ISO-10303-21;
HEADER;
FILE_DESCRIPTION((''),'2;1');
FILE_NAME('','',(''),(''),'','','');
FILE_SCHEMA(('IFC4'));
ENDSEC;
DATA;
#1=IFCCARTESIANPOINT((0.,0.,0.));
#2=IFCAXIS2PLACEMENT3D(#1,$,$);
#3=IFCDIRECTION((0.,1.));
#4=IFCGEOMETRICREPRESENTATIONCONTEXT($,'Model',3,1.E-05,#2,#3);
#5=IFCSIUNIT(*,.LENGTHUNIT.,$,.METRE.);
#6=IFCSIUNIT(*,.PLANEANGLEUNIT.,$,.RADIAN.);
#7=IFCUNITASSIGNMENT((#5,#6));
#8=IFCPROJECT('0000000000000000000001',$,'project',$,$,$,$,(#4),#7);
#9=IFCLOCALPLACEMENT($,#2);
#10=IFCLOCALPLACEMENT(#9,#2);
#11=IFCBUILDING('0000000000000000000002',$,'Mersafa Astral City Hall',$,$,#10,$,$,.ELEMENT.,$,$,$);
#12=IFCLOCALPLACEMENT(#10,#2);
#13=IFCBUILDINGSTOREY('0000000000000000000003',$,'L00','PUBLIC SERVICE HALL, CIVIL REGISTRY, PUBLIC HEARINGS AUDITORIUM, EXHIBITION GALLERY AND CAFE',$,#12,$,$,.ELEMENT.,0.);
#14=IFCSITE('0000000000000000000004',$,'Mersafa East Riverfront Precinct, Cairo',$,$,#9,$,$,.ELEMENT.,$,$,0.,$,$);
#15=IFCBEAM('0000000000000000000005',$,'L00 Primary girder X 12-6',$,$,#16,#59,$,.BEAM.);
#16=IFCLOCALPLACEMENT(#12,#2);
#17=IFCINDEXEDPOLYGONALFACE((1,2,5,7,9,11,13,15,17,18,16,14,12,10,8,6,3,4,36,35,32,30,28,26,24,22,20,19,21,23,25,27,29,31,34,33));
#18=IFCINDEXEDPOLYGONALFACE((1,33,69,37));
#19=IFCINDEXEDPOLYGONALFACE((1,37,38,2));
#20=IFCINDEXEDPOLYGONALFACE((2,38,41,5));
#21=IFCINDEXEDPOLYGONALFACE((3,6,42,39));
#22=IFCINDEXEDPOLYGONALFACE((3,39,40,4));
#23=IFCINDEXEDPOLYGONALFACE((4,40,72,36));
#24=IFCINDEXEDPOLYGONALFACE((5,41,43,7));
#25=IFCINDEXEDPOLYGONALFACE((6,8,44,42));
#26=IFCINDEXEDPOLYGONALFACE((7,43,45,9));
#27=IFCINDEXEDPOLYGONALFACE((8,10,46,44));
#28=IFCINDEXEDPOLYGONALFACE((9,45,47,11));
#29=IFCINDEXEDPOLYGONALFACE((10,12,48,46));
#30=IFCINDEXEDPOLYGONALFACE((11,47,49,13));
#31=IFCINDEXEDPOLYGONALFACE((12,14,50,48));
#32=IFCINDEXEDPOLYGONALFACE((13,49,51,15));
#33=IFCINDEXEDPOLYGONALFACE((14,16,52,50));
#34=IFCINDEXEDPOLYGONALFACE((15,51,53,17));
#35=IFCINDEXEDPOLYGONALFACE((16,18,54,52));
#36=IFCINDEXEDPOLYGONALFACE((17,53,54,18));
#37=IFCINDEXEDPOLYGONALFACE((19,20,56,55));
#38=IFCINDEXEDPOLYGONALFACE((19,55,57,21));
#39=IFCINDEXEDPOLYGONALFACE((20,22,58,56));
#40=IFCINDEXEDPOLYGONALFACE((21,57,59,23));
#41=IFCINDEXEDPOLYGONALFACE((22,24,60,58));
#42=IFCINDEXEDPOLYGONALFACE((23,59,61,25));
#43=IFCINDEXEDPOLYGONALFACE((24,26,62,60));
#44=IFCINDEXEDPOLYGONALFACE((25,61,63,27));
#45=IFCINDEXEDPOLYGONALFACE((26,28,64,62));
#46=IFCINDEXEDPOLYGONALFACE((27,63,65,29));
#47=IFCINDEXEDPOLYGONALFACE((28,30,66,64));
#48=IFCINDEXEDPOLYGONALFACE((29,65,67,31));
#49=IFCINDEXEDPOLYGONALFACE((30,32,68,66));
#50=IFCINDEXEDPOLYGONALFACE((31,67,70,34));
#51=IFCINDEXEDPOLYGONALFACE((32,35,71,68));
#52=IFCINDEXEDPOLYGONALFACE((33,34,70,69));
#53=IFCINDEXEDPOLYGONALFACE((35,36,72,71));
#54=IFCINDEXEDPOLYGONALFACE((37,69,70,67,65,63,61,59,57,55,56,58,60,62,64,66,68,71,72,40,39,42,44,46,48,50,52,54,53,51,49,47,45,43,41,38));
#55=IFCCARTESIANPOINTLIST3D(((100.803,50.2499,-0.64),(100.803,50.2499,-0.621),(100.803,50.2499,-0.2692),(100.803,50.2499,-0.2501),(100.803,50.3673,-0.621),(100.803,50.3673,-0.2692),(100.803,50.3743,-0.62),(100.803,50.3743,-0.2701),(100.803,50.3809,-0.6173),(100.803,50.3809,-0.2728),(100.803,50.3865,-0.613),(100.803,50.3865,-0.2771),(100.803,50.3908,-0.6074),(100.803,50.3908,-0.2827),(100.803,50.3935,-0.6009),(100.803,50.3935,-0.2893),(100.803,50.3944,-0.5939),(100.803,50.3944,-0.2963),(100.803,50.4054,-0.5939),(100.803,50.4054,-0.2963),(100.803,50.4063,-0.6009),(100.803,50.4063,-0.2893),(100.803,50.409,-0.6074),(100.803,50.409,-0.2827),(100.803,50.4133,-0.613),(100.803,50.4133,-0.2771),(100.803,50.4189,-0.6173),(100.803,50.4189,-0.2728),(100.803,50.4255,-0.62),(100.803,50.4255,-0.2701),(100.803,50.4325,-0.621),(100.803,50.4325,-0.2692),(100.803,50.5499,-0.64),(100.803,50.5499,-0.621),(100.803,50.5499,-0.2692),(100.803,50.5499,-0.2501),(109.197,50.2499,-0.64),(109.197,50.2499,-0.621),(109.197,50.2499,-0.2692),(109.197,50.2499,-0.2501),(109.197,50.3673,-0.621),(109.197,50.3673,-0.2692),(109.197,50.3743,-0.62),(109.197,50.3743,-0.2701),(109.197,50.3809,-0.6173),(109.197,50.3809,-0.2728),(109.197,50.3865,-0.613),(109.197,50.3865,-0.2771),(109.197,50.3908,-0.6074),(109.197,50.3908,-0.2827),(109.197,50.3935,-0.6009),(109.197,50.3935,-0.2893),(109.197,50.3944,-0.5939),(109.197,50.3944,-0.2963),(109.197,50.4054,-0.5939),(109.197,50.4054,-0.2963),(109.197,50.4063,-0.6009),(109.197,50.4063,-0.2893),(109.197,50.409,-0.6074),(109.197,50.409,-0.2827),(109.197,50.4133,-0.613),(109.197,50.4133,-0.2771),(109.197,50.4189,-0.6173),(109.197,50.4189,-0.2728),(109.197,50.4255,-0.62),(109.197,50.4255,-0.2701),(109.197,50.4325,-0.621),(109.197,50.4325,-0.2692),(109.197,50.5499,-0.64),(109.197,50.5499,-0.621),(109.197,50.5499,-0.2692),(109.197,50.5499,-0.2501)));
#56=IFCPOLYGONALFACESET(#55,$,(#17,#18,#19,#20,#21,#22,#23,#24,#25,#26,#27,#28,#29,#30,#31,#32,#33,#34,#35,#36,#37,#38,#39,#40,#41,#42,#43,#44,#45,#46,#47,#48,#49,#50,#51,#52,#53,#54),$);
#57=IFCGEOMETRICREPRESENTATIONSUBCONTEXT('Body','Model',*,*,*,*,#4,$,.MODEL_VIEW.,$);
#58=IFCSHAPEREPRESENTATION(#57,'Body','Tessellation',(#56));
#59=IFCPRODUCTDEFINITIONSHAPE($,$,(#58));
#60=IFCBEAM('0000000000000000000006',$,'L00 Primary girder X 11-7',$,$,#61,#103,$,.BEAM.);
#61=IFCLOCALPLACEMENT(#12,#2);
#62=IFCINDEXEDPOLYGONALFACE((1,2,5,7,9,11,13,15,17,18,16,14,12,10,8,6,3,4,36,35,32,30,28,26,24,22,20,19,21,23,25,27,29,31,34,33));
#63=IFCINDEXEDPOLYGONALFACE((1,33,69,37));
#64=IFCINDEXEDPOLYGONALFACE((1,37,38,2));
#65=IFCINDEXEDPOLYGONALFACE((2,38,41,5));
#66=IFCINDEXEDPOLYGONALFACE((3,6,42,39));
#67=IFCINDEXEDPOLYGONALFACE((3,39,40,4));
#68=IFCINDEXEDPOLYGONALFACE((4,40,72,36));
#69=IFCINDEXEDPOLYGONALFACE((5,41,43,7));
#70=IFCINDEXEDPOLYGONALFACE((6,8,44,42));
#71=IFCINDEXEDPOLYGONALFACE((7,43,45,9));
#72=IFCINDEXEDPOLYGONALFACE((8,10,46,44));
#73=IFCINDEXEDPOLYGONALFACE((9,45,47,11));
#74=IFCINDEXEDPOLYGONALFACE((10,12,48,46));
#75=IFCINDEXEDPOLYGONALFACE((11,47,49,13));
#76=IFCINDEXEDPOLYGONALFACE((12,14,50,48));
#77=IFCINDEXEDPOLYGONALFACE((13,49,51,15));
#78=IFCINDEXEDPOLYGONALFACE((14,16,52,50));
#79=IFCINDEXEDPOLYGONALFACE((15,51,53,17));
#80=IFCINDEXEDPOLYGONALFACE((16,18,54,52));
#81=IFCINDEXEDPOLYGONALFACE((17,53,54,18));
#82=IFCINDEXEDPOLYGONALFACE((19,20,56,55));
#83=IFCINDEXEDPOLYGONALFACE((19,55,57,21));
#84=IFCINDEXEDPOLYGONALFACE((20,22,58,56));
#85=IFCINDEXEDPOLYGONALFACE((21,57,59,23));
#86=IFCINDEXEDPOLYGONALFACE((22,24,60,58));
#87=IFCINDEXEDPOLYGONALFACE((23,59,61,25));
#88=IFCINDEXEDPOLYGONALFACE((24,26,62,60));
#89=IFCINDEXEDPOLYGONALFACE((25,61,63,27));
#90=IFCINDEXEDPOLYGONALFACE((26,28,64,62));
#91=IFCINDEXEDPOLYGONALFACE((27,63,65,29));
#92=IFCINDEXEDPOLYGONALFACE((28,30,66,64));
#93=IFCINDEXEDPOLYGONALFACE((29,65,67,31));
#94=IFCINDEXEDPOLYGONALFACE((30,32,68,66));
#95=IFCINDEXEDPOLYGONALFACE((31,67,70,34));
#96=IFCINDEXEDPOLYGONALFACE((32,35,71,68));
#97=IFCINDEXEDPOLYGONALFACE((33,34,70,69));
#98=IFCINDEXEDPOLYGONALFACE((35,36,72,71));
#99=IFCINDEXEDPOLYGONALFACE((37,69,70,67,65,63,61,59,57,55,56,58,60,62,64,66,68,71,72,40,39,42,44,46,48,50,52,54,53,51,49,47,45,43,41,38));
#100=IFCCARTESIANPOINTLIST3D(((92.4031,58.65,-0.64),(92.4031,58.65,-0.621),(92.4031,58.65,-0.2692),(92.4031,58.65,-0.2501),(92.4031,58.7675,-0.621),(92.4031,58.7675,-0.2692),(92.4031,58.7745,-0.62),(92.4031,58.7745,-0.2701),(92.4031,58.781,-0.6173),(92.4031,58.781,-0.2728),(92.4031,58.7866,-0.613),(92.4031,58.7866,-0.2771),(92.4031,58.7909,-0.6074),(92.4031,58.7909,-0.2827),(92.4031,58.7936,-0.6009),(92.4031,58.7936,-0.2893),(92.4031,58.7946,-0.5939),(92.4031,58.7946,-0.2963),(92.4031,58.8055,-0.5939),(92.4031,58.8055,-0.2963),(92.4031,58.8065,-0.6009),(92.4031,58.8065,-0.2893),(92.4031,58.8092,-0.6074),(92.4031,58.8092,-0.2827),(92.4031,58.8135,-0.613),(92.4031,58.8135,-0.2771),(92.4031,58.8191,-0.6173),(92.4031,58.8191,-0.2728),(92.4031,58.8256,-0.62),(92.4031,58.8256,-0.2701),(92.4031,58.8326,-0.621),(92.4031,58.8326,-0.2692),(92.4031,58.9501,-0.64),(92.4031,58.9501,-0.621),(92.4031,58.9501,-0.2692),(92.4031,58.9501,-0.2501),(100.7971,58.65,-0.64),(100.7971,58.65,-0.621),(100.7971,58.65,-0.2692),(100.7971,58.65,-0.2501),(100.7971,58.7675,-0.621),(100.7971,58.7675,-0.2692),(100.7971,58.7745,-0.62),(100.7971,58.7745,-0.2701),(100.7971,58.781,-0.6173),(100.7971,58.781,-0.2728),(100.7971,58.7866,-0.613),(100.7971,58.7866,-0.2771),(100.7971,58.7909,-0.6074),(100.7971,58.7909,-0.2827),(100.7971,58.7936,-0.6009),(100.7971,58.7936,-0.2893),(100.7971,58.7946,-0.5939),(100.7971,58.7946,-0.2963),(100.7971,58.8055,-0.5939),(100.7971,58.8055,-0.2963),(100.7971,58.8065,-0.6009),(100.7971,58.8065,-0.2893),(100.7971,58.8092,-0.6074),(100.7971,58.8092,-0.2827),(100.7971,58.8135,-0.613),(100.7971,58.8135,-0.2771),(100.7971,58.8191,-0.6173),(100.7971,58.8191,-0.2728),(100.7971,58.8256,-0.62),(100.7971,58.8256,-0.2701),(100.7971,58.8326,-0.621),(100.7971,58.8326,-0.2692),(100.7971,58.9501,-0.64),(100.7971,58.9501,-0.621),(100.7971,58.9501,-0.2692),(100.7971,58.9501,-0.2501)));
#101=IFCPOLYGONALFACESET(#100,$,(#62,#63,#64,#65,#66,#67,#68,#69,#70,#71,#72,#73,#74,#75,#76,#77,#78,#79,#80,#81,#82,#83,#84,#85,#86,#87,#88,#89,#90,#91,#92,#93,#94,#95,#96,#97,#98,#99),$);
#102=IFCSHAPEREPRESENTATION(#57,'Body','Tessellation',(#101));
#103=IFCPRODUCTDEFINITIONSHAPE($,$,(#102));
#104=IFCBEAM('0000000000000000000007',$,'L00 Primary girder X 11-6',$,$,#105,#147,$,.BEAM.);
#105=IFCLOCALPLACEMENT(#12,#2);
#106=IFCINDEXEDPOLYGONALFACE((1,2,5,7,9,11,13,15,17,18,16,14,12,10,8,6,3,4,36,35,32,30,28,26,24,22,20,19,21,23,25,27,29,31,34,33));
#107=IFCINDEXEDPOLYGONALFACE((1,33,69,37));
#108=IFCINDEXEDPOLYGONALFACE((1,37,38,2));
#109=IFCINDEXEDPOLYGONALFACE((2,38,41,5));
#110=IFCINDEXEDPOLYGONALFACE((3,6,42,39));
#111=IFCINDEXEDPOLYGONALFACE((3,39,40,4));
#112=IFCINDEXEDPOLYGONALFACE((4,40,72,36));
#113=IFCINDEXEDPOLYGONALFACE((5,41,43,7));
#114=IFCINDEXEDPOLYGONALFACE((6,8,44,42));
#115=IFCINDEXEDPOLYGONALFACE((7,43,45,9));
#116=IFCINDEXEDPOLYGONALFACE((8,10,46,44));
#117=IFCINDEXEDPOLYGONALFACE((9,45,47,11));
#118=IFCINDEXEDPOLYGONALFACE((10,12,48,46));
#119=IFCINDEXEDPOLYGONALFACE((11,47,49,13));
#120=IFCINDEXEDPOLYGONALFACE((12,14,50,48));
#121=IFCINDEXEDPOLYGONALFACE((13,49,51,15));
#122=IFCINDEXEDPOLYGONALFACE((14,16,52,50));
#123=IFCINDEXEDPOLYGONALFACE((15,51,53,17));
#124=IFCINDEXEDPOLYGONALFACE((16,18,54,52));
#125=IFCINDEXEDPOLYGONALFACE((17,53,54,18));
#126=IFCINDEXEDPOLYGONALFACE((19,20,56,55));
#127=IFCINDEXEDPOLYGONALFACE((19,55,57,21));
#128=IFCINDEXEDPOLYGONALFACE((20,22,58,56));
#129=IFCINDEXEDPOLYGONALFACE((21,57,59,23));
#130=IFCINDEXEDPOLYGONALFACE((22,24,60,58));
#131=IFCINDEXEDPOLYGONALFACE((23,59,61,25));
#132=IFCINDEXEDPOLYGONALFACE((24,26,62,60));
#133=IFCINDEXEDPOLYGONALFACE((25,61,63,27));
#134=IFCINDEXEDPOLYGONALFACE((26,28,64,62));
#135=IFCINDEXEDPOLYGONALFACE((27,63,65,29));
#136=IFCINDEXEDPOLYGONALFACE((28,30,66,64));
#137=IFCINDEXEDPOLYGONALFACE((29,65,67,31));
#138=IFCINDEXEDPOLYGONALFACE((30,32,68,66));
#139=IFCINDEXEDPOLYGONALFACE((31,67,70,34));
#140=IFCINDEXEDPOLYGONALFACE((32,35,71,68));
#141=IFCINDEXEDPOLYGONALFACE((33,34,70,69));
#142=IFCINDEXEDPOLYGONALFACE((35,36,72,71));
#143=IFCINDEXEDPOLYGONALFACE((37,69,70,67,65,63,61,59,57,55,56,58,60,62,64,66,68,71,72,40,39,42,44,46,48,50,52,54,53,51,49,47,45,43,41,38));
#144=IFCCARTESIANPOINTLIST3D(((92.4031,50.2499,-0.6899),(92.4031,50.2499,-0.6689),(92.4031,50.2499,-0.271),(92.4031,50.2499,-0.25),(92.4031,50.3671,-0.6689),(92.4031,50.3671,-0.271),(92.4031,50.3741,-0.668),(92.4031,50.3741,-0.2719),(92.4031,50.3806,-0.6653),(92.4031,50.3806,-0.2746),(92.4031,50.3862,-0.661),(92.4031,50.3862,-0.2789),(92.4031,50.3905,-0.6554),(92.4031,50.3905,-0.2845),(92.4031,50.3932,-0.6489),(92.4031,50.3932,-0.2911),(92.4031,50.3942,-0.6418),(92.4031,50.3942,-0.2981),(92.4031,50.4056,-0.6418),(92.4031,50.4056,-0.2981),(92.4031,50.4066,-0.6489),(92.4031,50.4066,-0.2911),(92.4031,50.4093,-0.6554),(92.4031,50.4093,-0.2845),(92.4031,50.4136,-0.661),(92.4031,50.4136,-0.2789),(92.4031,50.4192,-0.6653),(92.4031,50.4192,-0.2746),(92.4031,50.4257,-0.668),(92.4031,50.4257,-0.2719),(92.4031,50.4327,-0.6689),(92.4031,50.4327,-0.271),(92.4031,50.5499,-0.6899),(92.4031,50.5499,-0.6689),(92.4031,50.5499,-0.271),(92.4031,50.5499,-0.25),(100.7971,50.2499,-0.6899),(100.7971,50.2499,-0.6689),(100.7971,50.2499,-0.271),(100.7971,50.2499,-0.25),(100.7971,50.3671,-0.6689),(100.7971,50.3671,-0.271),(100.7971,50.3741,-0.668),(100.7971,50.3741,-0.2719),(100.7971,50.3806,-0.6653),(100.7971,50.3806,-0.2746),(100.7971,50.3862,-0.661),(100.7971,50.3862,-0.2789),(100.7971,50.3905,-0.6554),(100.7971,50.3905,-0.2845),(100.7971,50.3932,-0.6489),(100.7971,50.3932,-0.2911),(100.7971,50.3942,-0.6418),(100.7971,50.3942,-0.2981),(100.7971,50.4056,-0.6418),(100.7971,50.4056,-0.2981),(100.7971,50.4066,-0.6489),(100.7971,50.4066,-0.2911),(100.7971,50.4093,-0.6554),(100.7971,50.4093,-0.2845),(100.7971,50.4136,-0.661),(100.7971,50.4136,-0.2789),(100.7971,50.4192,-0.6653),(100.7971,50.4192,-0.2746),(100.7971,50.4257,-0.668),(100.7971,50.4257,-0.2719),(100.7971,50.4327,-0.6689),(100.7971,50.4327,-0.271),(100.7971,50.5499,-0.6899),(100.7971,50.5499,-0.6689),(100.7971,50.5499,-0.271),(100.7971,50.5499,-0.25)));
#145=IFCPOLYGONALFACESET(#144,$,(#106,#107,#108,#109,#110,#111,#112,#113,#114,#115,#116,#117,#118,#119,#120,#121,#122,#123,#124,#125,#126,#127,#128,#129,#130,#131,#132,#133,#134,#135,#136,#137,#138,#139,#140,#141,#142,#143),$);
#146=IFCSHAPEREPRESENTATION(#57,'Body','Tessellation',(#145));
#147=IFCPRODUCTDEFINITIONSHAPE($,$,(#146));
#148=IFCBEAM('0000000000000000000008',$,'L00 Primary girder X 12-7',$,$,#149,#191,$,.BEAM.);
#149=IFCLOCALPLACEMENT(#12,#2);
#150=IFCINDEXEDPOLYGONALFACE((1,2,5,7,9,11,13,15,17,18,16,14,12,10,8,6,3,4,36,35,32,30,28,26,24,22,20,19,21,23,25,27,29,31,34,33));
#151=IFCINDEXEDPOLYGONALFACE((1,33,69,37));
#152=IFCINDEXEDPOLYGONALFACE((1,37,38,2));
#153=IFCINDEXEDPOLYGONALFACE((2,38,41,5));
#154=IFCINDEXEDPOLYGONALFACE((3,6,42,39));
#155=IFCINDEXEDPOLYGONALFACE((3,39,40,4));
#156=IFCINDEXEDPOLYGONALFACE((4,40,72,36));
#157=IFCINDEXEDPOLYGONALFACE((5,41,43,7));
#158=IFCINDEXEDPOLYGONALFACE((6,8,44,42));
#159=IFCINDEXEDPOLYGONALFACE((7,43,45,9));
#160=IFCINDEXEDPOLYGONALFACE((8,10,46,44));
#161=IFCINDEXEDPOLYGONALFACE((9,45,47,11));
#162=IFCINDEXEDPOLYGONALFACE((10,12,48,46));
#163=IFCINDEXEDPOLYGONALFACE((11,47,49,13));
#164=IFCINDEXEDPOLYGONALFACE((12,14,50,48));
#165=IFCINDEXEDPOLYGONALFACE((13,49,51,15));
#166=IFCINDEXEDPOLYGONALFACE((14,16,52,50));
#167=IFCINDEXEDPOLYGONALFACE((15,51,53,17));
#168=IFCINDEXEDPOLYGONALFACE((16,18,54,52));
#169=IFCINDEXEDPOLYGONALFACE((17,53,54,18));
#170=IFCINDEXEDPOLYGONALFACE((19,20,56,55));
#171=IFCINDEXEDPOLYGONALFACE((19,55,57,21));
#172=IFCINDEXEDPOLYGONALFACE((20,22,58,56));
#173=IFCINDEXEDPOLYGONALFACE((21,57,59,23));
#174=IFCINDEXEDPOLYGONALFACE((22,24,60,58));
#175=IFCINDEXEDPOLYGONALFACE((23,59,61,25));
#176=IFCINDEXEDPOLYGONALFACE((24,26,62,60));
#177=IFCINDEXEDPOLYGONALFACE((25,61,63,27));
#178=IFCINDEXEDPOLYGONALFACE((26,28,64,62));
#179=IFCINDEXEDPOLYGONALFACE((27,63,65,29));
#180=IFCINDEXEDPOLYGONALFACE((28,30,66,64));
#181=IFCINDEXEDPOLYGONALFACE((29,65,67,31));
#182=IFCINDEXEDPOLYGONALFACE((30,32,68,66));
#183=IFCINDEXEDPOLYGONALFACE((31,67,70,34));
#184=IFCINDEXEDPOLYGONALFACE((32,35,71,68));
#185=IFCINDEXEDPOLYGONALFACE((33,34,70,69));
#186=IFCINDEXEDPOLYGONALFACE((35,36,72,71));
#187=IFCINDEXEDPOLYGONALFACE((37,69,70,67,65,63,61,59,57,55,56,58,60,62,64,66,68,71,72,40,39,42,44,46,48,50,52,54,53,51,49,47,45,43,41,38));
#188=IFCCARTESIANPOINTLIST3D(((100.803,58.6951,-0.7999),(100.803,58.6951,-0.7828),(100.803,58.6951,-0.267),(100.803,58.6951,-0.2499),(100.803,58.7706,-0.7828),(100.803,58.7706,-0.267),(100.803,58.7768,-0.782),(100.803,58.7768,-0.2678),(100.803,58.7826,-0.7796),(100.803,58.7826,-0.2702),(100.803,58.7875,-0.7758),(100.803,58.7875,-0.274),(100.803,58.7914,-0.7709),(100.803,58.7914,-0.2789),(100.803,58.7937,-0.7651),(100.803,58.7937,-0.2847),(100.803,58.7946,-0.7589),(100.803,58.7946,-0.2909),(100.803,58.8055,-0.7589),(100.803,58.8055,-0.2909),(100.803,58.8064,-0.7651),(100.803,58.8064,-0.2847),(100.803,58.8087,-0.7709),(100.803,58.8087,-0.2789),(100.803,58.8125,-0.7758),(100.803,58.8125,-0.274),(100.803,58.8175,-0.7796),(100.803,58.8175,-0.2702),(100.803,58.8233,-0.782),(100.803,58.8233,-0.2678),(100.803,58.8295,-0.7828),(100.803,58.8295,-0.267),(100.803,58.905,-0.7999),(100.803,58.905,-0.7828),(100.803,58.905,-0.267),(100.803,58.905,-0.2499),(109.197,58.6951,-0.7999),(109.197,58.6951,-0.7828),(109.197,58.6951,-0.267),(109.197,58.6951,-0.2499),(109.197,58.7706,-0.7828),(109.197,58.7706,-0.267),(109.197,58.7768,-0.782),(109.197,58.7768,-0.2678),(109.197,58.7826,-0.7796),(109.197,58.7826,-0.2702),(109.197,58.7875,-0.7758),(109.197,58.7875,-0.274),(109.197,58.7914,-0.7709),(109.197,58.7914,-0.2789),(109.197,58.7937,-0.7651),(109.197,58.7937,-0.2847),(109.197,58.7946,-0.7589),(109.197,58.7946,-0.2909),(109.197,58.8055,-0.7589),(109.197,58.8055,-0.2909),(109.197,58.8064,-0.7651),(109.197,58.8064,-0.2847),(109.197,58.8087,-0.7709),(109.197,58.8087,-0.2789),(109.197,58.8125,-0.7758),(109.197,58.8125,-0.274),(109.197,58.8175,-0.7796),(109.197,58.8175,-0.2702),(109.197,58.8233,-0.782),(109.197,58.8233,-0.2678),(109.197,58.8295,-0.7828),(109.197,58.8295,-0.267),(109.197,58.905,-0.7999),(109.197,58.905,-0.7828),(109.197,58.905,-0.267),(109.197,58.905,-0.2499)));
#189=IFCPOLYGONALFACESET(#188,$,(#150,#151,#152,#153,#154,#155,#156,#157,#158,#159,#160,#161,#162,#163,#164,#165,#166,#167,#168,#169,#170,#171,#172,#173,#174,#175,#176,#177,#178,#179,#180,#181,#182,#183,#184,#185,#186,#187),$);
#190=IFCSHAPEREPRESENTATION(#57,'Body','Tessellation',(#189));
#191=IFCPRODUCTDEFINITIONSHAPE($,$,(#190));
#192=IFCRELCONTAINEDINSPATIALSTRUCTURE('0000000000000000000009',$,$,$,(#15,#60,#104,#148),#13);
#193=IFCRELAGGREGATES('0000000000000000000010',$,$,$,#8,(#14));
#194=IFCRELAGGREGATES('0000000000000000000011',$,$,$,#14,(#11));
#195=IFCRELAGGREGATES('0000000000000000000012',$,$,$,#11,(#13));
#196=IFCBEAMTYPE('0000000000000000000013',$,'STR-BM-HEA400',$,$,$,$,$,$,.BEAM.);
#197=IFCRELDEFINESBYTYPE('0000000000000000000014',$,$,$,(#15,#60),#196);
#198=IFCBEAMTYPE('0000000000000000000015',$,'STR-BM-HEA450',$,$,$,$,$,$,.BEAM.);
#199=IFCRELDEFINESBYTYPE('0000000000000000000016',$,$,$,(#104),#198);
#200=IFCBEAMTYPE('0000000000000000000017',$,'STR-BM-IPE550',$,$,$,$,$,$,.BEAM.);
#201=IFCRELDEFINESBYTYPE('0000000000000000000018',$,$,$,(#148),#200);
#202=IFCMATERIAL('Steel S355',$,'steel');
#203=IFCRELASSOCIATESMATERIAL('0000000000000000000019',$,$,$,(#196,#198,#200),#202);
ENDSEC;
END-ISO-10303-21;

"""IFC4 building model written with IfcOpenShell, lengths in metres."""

from ifc_helpers import new_model, si_unit, direction, frame, origin, origin_2d, place, context, subcontext, project, spatial, i_section, extrude, material, material_profile, profile_set, type_object, element, save


model = new_model("IFC4")

# Units and contexts
model_context = context("Model", 3, precision=1e-05, world=origin(), true_north=direction((0.0, 1.0)))
body_context = subcontext(model_context, "Body", "Model", "MODEL_VIEW")
ifc_project = project(units=[si_unit("LENGTHUNIT", "METRE"), si_unit("PLANEANGLEUNIT", "RADIAN")], contexts=[model_context])

# Site, building, storey
site_placement = place(None, origin())
site = spatial("IfcSite", under=ifc_project, at=site_placement, Name="Mersafa East Riverfront Precinct, Cairo", CompositionType="ELEMENT", RefElevation=0.0)
building_placement = place(site_placement, origin())
building = spatial("IfcBuilding", under=site, at=building_placement, Name="Mersafa Astral City Hall", CompositionType="ELEMENT")
storey_placement = place(building_placement, origin())
storey = spatial("IfcBuildingStorey", under=building, at=storey_placement, Name="L00", Description="PUBLIC SERVICE HALL, CIVIL REGISTRY, PUBLIC HEARINGS AUDITORIUM, EXHIBITION GALLERY AND CAFE", CompositionType="ELEMENT", Elevation=0.0)

# Shared definitions
ifc_material_1 = material(Name="Steel S355", Category="steel")

# Beams
ifc_material_profile_1 = material_profile(ifc_material_1, i_section(OverallWidth=0.3, OverallDepth=0.3899, WebThickness=0.011, FlangeThickness=0.019, FilletRadius=0.0271, at=origin_2d()), Name="HEA 400")
ifc_profile_set_1 = profile_set([ifc_material_profile_1], Name="Steel S355")
beam_type_1 = type_object("IfcBeamType", Name="STR-BM-HEA400", PredefinedType="BEAM", material=ifc_profile_set_1)
for number, where, z_axis, x_axis, name in (
    (1, (100.803, 50.3999, -0.4451), (1.0, 0.0, 0.0), (0.0, 1.0, 0.0), "L00 Primary girder X 12-6"),
    (2, (92.4031, 58.8, -0.4451), (1.0, 0.0, 0.0), (0.0, 1.0, 0.0), "L00 Primary girder X 11-7"),
):
    element("IfcBeam", number, at=place(storey_placement, frame(where, z_axis=z_axis, x_axis=x_axis)), inside=storey, type_object=beam_type_1, Name=name, PredefinedType="BEAM", context=body_context, shape_type="SweptSolid", body=[
        extrude(i_section(OverallWidth=0.3, OverallDepth=0.3899, WebThickness=0.011, FlangeThickness=0.019, FilletRadius=0.0271, at=origin_2d()), origin(), (0.0, 0.0, 1.0), 8.394),
    ])
ifc_material_profile_2 = material_profile(ifc_material_1, i_section(OverallWidth=0.3, OverallDepth=0.4399, WebThickness=0.0115, FlangeThickness=0.021, FilletRadius=0.0271, at=origin_2d()), Name="HEA 450")
ifc_profile_set_2 = profile_set([ifc_material_profile_2], Name="Steel S355")
beam_type_2 = type_object("IfcBeamType", Name="STR-BM-HEA450", PredefinedType="BEAM", material=ifc_profile_set_2)
beam_1_placement = place(storey_placement, frame((92.4031, 50.3999, -0.47), z_axis=(1.0, 0.0, 0.0), x_axis=(0.0, 1.0, 0.0)))
element("IfcBeam", 3, at=beam_1_placement, inside=storey, type_object=beam_type_2, Name="L00 Primary girder X 11-6", PredefinedType="BEAM", context=body_context, shape_type="SweptSolid", body=[
    extrude(i_section(OverallWidth=0.3, OverallDepth=0.4399, WebThickness=0.0115, FlangeThickness=0.021, FilletRadius=0.0271, at=origin_2d()), origin(), (0.0, 0.0, 1.0), 8.394),
])
ifc_material_profile_3 = material_profile(ifc_material_1, i_section(OverallWidth=0.21, OverallDepth=0.55, WebThickness=0.011, FlangeThickness=0.0171, FilletRadius=0.0239, at=origin_2d()), Name="IPE 550")
ifc_profile_set_3 = profile_set([ifc_material_profile_3], Name="Steel S355")
beam_type_3 = type_object("IfcBeamType", Name="STR-BM-IPE550", PredefinedType="BEAM", material=ifc_profile_set_3)
beam_2_placement = place(storey_placement, frame((100.803, 58.8, -0.5249), z_axis=(1.0, 0.0, 0.0), x_axis=(0.0, 1.0, 0.0)))
element("IfcBeam", 4, at=beam_2_placement, inside=storey, type_object=beam_type_3, Name="L00 Primary girder X 12-7", PredefinedType="BEAM", context=body_context, shape_type="SweptSolid", body=[
    extrude(i_section(OverallWidth=0.21, OverallDepth=0.55, WebThickness=0.011, FlangeThickness=0.0171, FilletRadius=0.0239, at=origin_2d()), origin(), (0.0, 0.0, 1.0), 8.394),
])

save(model, "model.ifc")
